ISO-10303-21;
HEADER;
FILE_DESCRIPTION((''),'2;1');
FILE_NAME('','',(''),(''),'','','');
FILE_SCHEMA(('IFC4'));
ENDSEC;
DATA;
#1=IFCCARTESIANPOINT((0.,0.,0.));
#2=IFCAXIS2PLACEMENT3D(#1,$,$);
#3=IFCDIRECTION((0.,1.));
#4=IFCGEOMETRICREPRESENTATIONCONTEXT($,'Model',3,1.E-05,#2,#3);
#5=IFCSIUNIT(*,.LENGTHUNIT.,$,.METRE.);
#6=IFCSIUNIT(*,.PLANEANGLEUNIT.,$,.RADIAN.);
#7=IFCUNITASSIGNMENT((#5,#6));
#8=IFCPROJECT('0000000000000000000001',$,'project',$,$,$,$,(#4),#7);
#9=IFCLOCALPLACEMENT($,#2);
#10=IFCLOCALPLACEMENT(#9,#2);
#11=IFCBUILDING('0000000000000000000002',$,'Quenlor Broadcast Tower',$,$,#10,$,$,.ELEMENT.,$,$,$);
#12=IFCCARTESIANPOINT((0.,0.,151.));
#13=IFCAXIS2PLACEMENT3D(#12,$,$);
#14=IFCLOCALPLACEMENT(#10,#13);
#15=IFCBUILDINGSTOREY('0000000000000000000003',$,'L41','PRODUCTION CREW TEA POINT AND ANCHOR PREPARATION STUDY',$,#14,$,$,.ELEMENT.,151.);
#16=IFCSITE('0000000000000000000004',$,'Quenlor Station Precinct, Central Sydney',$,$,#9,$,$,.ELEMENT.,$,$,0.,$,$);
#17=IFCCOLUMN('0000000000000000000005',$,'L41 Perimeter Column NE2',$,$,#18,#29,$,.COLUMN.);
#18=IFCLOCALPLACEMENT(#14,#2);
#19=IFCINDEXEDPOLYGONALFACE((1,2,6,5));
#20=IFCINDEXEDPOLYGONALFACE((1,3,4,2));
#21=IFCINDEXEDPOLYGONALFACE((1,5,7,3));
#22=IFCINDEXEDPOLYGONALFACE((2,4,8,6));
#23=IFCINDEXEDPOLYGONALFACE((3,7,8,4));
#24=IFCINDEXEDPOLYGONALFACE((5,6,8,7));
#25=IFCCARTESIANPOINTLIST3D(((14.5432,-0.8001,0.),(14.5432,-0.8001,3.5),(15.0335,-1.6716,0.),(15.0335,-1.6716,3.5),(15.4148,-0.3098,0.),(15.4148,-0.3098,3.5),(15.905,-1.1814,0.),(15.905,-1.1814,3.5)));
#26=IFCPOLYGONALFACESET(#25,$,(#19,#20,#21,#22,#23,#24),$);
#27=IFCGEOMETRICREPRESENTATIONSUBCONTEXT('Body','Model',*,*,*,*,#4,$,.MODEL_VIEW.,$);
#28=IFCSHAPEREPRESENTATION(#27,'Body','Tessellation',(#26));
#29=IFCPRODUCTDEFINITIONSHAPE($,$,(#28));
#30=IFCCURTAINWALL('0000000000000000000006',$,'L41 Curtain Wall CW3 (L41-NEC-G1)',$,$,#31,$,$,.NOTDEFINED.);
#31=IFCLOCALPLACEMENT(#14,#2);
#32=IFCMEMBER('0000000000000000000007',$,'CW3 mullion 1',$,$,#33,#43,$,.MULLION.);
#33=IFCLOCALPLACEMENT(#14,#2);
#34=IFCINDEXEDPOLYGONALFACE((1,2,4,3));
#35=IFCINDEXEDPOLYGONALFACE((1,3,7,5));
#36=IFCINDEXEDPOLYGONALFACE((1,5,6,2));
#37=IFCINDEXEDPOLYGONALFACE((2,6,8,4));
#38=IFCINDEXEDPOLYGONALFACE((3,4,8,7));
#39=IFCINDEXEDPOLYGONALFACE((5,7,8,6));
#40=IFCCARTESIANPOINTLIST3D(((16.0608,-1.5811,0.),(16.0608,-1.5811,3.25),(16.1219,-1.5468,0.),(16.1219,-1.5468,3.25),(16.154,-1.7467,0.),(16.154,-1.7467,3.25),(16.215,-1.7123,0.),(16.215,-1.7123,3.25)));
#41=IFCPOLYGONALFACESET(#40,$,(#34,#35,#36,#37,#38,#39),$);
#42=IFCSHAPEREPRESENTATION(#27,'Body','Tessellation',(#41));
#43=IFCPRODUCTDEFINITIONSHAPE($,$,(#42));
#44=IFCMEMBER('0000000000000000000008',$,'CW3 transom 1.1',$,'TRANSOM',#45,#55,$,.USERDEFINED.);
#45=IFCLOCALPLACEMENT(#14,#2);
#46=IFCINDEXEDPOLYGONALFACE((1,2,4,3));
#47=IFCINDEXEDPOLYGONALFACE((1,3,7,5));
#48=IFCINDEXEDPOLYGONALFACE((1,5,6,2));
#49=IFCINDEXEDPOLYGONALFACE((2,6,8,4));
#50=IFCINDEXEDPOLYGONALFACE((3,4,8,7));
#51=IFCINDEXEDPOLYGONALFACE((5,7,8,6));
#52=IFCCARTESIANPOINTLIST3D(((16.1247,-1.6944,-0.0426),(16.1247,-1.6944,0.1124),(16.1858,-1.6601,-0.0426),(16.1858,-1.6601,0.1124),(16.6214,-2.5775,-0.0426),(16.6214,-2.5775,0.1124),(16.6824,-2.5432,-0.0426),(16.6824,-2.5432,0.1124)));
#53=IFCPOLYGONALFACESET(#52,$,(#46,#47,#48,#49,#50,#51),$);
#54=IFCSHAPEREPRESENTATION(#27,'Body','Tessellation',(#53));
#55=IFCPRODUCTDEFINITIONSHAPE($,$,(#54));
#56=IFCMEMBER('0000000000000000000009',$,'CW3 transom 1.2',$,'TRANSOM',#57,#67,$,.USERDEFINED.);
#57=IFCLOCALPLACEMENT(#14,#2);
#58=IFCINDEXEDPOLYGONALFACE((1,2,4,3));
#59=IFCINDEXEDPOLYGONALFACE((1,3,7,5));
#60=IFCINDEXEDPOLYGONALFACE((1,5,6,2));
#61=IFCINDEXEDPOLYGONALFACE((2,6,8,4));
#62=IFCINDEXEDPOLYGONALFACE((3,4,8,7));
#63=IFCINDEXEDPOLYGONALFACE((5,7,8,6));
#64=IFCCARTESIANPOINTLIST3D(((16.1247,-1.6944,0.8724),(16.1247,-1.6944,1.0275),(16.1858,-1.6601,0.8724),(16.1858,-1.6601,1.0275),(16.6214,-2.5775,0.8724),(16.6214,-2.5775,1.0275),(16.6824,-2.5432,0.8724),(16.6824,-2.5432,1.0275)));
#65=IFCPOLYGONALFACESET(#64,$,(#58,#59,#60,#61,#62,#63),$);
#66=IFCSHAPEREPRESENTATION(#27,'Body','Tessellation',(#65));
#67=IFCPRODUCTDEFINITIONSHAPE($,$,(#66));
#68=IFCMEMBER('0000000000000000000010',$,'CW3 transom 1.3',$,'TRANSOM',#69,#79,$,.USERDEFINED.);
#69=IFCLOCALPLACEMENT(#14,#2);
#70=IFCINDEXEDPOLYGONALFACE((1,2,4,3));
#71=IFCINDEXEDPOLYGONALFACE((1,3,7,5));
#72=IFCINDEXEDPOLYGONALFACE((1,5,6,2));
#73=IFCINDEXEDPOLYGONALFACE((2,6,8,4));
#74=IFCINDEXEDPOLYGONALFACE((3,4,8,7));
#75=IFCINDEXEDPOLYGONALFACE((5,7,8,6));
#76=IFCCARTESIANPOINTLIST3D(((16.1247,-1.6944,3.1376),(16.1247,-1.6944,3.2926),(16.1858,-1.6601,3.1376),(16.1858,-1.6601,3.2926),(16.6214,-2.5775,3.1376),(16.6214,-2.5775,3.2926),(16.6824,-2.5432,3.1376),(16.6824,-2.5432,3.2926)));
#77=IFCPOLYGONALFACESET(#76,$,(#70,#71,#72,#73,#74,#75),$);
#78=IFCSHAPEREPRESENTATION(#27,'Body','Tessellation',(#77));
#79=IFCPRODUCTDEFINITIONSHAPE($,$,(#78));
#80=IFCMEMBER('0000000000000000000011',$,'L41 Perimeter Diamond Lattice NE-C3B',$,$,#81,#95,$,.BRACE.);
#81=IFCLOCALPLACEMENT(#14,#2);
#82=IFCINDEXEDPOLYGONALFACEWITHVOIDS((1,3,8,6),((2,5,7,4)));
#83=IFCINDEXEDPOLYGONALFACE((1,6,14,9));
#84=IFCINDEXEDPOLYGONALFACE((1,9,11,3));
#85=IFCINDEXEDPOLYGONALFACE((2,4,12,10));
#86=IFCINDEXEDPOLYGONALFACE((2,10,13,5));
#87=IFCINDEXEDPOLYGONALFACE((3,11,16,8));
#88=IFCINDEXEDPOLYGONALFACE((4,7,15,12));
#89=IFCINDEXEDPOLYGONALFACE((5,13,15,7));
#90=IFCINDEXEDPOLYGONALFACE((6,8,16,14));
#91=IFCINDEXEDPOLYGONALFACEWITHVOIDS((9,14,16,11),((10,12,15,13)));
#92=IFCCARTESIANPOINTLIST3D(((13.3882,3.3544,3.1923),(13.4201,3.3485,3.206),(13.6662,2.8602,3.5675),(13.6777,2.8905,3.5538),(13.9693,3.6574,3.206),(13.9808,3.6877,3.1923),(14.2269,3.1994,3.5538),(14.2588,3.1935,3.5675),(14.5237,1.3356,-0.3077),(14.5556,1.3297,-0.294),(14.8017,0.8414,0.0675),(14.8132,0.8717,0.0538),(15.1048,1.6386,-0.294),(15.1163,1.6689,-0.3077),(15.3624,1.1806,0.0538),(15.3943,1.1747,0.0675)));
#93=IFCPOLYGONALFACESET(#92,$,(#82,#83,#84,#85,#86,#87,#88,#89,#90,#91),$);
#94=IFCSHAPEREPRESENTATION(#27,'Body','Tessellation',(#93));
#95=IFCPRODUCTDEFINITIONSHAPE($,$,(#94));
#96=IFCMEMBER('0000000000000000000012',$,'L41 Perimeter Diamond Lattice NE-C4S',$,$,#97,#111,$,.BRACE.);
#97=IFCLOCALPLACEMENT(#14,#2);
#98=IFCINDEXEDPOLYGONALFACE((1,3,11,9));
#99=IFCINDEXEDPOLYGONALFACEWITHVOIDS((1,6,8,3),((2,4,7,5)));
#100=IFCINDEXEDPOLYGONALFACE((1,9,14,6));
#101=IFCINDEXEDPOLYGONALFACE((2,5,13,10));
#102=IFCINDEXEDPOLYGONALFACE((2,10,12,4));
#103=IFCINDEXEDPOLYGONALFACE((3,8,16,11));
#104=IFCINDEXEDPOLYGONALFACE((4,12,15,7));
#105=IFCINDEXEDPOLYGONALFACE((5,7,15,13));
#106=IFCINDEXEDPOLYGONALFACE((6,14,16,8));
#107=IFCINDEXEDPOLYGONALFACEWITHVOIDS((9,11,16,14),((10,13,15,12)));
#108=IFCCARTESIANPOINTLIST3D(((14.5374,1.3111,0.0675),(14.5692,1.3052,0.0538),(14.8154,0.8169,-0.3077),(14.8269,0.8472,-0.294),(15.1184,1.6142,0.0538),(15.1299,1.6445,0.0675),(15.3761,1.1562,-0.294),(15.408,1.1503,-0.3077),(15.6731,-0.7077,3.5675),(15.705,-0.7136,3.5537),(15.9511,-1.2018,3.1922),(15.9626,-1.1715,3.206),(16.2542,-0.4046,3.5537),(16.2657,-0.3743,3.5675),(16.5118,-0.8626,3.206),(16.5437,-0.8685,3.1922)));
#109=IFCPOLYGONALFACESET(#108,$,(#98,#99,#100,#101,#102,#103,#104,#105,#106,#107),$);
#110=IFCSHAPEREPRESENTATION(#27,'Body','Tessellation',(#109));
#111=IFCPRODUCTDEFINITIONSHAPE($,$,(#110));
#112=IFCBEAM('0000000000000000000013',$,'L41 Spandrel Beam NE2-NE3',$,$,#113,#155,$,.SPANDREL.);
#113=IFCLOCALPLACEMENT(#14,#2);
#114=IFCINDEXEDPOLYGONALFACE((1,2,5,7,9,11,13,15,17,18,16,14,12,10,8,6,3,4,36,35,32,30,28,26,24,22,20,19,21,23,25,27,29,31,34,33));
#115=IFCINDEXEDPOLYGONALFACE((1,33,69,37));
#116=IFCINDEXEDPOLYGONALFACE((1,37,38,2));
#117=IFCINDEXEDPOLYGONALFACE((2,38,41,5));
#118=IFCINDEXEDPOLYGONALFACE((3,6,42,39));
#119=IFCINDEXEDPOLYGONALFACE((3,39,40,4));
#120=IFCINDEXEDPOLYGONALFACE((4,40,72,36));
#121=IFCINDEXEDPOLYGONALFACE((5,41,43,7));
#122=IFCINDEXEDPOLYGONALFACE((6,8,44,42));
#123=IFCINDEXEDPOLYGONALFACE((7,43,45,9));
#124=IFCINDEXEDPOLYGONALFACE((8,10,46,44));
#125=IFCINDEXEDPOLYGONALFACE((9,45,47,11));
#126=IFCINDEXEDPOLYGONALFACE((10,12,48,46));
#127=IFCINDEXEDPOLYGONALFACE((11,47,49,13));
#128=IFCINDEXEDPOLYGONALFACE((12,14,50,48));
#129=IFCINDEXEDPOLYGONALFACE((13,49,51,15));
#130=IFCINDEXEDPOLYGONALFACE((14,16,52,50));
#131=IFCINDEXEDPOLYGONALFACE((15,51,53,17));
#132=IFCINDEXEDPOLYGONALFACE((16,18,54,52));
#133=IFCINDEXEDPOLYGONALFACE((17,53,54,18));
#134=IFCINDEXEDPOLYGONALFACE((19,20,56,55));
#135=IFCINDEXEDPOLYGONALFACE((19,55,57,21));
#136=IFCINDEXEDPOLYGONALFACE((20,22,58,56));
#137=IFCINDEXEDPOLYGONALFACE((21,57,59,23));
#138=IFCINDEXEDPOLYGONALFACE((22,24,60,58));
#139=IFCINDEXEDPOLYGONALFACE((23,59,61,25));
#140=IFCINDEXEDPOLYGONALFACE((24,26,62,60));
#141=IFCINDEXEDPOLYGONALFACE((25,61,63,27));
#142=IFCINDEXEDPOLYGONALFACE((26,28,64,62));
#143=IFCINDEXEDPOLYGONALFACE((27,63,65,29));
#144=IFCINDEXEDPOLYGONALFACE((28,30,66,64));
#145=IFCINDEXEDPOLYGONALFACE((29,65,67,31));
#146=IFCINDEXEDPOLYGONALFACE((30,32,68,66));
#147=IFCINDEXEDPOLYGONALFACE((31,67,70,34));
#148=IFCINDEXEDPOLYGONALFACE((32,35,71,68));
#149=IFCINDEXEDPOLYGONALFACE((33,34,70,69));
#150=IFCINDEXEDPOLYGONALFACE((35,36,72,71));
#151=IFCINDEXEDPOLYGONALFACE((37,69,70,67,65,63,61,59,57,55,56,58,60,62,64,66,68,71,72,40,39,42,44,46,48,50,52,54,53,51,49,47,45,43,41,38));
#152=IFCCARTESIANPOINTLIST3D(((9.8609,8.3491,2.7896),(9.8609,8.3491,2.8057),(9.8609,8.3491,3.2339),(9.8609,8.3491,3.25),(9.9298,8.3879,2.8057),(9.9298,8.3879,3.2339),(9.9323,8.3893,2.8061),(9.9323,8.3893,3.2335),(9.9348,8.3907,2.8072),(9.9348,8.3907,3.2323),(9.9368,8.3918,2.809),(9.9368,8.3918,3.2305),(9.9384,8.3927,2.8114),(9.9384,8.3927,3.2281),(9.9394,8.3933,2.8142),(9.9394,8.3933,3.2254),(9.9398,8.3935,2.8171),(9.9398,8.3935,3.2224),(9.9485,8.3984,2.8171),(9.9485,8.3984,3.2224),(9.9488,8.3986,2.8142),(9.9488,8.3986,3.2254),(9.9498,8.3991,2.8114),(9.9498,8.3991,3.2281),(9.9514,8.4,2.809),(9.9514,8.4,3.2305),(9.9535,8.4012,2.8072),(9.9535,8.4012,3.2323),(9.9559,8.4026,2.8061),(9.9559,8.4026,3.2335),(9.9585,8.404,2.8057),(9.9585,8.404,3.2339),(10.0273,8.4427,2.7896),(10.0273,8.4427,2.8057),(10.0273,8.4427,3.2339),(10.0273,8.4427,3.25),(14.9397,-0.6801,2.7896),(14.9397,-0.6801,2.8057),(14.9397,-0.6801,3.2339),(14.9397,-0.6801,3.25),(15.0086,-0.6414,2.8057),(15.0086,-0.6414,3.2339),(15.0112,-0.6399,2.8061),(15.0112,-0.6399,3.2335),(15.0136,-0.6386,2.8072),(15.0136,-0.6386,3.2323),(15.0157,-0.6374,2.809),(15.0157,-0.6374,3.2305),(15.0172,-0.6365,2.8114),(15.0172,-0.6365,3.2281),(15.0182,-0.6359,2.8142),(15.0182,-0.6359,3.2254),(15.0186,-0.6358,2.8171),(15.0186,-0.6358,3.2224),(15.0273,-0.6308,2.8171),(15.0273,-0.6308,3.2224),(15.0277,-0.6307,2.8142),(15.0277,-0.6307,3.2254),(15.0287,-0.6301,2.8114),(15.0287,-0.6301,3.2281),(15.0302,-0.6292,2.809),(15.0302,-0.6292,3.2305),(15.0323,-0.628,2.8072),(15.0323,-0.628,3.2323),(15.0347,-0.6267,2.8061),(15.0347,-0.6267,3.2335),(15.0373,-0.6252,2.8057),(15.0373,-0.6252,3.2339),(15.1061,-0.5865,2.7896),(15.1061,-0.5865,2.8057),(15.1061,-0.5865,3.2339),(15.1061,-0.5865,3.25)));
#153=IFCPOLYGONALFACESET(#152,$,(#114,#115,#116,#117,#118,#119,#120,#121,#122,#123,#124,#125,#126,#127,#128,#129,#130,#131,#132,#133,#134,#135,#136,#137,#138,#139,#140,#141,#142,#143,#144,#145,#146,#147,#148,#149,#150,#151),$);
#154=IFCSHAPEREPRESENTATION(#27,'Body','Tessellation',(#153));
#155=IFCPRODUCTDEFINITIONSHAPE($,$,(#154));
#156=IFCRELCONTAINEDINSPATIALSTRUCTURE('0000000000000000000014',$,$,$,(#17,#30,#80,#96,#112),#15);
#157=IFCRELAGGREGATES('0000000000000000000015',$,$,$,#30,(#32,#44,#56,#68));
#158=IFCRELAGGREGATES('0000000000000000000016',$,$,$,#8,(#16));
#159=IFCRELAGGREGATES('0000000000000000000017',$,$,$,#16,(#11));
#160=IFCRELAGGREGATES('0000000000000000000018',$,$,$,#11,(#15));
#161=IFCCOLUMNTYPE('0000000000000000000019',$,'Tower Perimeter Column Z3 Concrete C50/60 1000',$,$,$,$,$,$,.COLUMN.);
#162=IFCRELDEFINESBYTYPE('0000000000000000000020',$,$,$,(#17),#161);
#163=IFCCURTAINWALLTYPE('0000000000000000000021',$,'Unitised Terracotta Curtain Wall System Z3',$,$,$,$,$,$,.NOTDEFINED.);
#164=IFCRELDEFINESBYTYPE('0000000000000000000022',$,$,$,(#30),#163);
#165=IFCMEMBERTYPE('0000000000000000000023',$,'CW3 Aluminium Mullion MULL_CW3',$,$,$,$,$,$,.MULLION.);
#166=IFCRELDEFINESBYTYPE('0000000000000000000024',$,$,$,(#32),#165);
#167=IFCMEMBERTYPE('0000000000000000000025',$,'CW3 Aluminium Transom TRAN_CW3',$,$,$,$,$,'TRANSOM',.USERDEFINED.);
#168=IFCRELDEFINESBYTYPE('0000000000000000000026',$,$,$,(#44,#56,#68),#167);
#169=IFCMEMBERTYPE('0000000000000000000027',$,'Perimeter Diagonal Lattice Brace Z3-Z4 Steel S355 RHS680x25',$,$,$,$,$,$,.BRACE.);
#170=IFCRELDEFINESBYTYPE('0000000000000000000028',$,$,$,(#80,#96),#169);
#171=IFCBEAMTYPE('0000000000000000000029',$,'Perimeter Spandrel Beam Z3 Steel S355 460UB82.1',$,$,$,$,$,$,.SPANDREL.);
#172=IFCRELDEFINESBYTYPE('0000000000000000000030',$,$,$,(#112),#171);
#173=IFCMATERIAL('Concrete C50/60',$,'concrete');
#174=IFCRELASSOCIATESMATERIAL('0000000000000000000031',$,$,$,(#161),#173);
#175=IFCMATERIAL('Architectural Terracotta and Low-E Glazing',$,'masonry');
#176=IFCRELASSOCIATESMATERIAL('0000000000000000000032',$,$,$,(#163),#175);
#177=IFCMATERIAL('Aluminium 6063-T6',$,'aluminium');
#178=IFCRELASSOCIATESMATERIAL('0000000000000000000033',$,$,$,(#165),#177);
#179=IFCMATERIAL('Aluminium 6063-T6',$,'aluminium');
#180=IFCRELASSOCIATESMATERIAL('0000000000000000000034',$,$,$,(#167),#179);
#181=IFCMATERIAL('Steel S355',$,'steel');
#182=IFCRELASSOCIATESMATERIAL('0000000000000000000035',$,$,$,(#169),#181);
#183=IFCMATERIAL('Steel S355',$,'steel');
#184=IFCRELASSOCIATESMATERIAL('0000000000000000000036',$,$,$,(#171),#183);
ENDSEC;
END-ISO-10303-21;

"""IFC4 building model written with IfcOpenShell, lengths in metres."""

from ifc_helpers import new_model, si_unit, direction, frame, origin, origin_2d, place, context, subcontext, project, spatial, rectangle, hollow_rectangle, i_section, extrude, material, material_profile, profile_set, type_object, element, aggregate, save


model = new_model("IFC4")

# Units and contexts
model_context = context("Model", 3, precision=1e-05, world=origin(), true_north=direction((0.0, 1.0)))
body_context = subcontext(model_context, "Body", "Model", "MODEL_VIEW")
ifc_project = project(units=[si_unit("LENGTHUNIT", "METRE"), si_unit("PLANEANGLEUNIT", "RADIAN")], contexts=[model_context])

# Site, building, storey
site_placement = place(None, origin())
site = spatial("IfcSite", under=ifc_project, at=site_placement, Name="Quenlor Station Precinct, Central Sydney", CompositionType="ELEMENT", RefElevation=0.0)
building_placement = place(site_placement, origin())
building = spatial("IfcBuilding", under=site, at=building_placement, Name="Quenlor Broadcast Tower", CompositionType="ELEMENT")
storey_placement = place(building_placement, frame((0.0, 0.0, 151.0)))
storey = spatial("IfcBuildingStorey", under=building, at=storey_placement, Name="L41", Description="PRODUCTION CREW TEA POINT AND ANCHOR PREPARATION STUDY", CompositionType="ELEMENT", Elevation=151.0)

# Column
ifc_material_1 = material(Name="Concrete C50/60", Category="concrete")
ifc_material_profile_1 = material_profile(ifc_material_1, rectangle(XDim=1.0, YDim=1.0, at=origin_2d()))
ifc_profile_set_1 = profile_set([ifc_material_profile_1], Name="Concrete C50/60 RC1000x1000")
column_type = type_object("IfcColumnType", Name="Tower Perimeter Column Z3 Concrete C50/60 1000", PredefinedType="COLUMN", material=ifc_profile_set_1)
column_placement = place(storey_placement, frame((15.2241, -0.9907, 0.0), z_axis=(0.0, 0.0, 1.0), x_axis=(0.871575, 0.490262, 0.0)))
element("IfcColumn", 1, at=column_placement, inside=storey, type_object=column_type, Name="L41 Perimeter Column NE2", PredefinedType="COLUMN", context=body_context, shape_type="SweptSolid", body=[
    extrude(rectangle(XDim=1.0, YDim=1.0, at=origin_2d()), origin(), (0.0, 0.0, 1.0), 3.5),
])

# Curtain wall, members
ifc_material_2 = material(Name="Architectural Terracotta and Low-E Glazing", Category="masonry")
curtain_wall_type = type_object("IfcCurtainWallType", Name="Unitised Terracotta Curtain Wall System Z3", PredefinedType="NOTDEFINED", material=ifc_material_2)
curtain_wall_placement = place(storey_placement, origin())
curtain_wall = element("IfcCurtainWall", 2, at=curtain_wall_placement, inside=storey, type_object=curtain_wall_type, Name="L41 Curtain Wall CW3 (L41-NEC-G1)", PredefinedType="NOTDEFINED")
ifc_material_3 = material(Name="Aluminium 6063-T6", Category="aluminium")
ifc_material_profile_2 = material_profile(ifc_material_3, rectangle(XDim=0.0701, YDim=0.1899, at=origin_2d()))
ifc_profile_set_2 = profile_set([ifc_material_profile_2], Name="Aluminium 6063-T6 MULL70x190")
member_type_1 = type_object("IfcMemberType", Name="CW3 Aluminium Mullion MULL_CW3", PredefinedType="MULLION", material=ifc_profile_set_2)
member_1_placement = place(storey_placement, frame((16.1379, -1.6467, 0.0), z_axis=(0.0, 0.0, 1.0), x_axis=(0.87158, 0.490253, 0.0)))
member_1 = element("IfcMember", 3, at=member_1_placement, type_object=member_type_1, Name="CW3 mullion 1", PredefinedType="MULLION", context=body_context, shape_type="SweptSolid", body=[
    extrude(rectangle(XDim=0.0701, YDim=0.1899, at=origin_2d()), origin(), (0.0, 0.0, 1.0), 3.25),
])
ifc_material_4 = material(Name="Aluminium 6063-T6", Category="aluminium")
ifc_material_profile_3 = material_profile(ifc_material_4, rectangle(XDim=0.0701, YDim=0.155, at=origin_2d()))
ifc_profile_set_3 = profile_set([ifc_material_profile_3], Name="Aluminium 6063-T6 TRAN70x155")
member_type_2 = type_object("IfcMemberType", Name="CW3 Aluminium Transom TRAN_CW3", ElementType="TRANSOM", PredefinedType="USERDEFINED", material=ifc_profile_set_3)
member_2_placement = place(storey_placement, frame((16.1553, -1.6772, 0.0349), z_axis=(0.490158, -0.871633, 0.0), x_axis=(0.871633, 0.490158, 0.0)))
member_2 = element("IfcMember", 4, at=member_2_placement, type_object=member_type_2, Name="CW3 transom 1.1", ObjectType="TRANSOM", PredefinedType="USERDEFINED", context=body_context, shape_type="SweptSolid", body=[
    extrude(rectangle(XDim=0.0701, YDim=0.155, at=origin_2d()), origin(), (0.0, 0.0, 1.0), 1.0132),
])
member_3_placement = place(storey_placement, frame((16.1553, -1.6772, 0.95), z_axis=(0.490158, -0.871633, 0.0), x_axis=(0.871633, 0.490158, 0.0)))
member_3 = element("IfcMember", 5, at=member_3_placement, type_object=member_type_2, Name="CW3 transom 1.2", ObjectType="TRANSOM", PredefinedType="USERDEFINED", context=body_context, shape_type="SweptSolid", body=[
    extrude(rectangle(XDim=0.0701, YDim=0.155, at=origin_2d()), origin(), (0.0, 0.0, 1.0), 1.0132),
])
member_4_placement = place(storey_placement, frame((16.1553, -1.6772, 3.2151), z_axis=(0.490158, -0.871633, 0.0), x_axis=(0.871633, 0.490158, 0.0)))
member_4 = element("IfcMember", 6, at=member_4_placement, type_object=member_type_2, Name="CW3 transom 1.3", ObjectType="TRANSOM", PredefinedType="USERDEFINED", context=body_context, shape_type="SweptSolid", body=[
    extrude(rectangle(XDim=0.0701, YDim=0.155, at=origin_2d()), origin(), (0.0, 0.0, 1.0), 1.0132),
])

# Members
ifc_material_5 = material(Name="Steel S355", Category="steel")
ifc_material_profile_4 = material_profile(ifc_material_5, hollow_rectangle(XDim=0.6799, YDim=0.6799, WallThickness=0.0249, at=origin_2d()))
ifc_profile_set_4 = profile_set([ifc_material_profile_4], Name="Steel S355 RHS680x680x25")
member_type_3 = type_object("IfcMemberType", Name="Perimeter Diagonal Lattice Brace Z3-Z4 Steel S355 RHS680x25", PredefinedType="BRACE", material=ifc_profile_set_4)
for number, where, z_axis, x_axis, name in (
    (7, (14.959, 1.2551, -0.1201), (-0.270549, 0.481009, 0.833927), (-0.87159, -0.490236, 0.0), "L41 Perimeter Diamond Lattice NE-C3B"),
    (8, (14.9727, 1.2307, -0.1201), (0.270603, -0.481001, 0.833914), (0.871545, 0.490316, 0.0), "L41 Perimeter Diamond Lattice NE-C4S"),
):
    element("IfcMember", number, at=place(storey_placement, frame(where, z_axis=z_axis, x_axis=x_axis)), inside=storey, type_object=member_type_3, Name=name, PredefinedType="BRACE", context=body_context, shape_type="SweptSolid", body=[
        extrude(hollow_rectangle(XDim=0.6799, YDim=0.6799, WallThickness=0.0249, at=origin_2d()), origin(), (0.0, 0.0, 1.0), 4.197),
    ])

# Beam
ifc_material_6 = material(Name="Steel S355", Category="steel")
ifc_material_profile_5 = material_profile(ifc_material_6, i_section(OverallWidth=0.1909, OverallDepth=0.4604, WebThickness=0.01, FlangeThickness=0.0161, FilletRadius=0.0115, at=origin_2d()))
ifc_profile_set_5 = profile_set([ifc_material_profile_5], Name="Steel S355 460UB82.1")
beam_type_1 = type_object("IfcBeamType", Name="Perimeter Spandrel Beam Z3 Steel S355 460UB82.1", PredefinedType="SPANDREL", material=ifc_profile_set_5)
beam_1_placement = place(storey_placement, frame((15.0229, -0.6333, 3.0198), z_axis=(-0.490252, 0.871581, 0.0), x_axis=(-0.871581, -0.490252, 0.0)))
element("IfcBeam", 9, at=beam_1_placement, inside=storey, type_object=beam_type_1, Name="L41 Spandrel Beam NE2-NE3", PredefinedType="SPANDREL", context=body_context, shape_type="SweptSolid", body=[
    extrude(i_section(OverallWidth=0.1909, OverallDepth=0.4604, WebThickness=0.01, FlangeThickness=0.0161, FilletRadius=0.0115, at=origin_2d()), origin(), (0.0, 0.0, 1.0), 10.3596),
])

aggregate(curtain_wall, [member_1, member_2, member_3, member_4])

save(model, "model.ifc")
